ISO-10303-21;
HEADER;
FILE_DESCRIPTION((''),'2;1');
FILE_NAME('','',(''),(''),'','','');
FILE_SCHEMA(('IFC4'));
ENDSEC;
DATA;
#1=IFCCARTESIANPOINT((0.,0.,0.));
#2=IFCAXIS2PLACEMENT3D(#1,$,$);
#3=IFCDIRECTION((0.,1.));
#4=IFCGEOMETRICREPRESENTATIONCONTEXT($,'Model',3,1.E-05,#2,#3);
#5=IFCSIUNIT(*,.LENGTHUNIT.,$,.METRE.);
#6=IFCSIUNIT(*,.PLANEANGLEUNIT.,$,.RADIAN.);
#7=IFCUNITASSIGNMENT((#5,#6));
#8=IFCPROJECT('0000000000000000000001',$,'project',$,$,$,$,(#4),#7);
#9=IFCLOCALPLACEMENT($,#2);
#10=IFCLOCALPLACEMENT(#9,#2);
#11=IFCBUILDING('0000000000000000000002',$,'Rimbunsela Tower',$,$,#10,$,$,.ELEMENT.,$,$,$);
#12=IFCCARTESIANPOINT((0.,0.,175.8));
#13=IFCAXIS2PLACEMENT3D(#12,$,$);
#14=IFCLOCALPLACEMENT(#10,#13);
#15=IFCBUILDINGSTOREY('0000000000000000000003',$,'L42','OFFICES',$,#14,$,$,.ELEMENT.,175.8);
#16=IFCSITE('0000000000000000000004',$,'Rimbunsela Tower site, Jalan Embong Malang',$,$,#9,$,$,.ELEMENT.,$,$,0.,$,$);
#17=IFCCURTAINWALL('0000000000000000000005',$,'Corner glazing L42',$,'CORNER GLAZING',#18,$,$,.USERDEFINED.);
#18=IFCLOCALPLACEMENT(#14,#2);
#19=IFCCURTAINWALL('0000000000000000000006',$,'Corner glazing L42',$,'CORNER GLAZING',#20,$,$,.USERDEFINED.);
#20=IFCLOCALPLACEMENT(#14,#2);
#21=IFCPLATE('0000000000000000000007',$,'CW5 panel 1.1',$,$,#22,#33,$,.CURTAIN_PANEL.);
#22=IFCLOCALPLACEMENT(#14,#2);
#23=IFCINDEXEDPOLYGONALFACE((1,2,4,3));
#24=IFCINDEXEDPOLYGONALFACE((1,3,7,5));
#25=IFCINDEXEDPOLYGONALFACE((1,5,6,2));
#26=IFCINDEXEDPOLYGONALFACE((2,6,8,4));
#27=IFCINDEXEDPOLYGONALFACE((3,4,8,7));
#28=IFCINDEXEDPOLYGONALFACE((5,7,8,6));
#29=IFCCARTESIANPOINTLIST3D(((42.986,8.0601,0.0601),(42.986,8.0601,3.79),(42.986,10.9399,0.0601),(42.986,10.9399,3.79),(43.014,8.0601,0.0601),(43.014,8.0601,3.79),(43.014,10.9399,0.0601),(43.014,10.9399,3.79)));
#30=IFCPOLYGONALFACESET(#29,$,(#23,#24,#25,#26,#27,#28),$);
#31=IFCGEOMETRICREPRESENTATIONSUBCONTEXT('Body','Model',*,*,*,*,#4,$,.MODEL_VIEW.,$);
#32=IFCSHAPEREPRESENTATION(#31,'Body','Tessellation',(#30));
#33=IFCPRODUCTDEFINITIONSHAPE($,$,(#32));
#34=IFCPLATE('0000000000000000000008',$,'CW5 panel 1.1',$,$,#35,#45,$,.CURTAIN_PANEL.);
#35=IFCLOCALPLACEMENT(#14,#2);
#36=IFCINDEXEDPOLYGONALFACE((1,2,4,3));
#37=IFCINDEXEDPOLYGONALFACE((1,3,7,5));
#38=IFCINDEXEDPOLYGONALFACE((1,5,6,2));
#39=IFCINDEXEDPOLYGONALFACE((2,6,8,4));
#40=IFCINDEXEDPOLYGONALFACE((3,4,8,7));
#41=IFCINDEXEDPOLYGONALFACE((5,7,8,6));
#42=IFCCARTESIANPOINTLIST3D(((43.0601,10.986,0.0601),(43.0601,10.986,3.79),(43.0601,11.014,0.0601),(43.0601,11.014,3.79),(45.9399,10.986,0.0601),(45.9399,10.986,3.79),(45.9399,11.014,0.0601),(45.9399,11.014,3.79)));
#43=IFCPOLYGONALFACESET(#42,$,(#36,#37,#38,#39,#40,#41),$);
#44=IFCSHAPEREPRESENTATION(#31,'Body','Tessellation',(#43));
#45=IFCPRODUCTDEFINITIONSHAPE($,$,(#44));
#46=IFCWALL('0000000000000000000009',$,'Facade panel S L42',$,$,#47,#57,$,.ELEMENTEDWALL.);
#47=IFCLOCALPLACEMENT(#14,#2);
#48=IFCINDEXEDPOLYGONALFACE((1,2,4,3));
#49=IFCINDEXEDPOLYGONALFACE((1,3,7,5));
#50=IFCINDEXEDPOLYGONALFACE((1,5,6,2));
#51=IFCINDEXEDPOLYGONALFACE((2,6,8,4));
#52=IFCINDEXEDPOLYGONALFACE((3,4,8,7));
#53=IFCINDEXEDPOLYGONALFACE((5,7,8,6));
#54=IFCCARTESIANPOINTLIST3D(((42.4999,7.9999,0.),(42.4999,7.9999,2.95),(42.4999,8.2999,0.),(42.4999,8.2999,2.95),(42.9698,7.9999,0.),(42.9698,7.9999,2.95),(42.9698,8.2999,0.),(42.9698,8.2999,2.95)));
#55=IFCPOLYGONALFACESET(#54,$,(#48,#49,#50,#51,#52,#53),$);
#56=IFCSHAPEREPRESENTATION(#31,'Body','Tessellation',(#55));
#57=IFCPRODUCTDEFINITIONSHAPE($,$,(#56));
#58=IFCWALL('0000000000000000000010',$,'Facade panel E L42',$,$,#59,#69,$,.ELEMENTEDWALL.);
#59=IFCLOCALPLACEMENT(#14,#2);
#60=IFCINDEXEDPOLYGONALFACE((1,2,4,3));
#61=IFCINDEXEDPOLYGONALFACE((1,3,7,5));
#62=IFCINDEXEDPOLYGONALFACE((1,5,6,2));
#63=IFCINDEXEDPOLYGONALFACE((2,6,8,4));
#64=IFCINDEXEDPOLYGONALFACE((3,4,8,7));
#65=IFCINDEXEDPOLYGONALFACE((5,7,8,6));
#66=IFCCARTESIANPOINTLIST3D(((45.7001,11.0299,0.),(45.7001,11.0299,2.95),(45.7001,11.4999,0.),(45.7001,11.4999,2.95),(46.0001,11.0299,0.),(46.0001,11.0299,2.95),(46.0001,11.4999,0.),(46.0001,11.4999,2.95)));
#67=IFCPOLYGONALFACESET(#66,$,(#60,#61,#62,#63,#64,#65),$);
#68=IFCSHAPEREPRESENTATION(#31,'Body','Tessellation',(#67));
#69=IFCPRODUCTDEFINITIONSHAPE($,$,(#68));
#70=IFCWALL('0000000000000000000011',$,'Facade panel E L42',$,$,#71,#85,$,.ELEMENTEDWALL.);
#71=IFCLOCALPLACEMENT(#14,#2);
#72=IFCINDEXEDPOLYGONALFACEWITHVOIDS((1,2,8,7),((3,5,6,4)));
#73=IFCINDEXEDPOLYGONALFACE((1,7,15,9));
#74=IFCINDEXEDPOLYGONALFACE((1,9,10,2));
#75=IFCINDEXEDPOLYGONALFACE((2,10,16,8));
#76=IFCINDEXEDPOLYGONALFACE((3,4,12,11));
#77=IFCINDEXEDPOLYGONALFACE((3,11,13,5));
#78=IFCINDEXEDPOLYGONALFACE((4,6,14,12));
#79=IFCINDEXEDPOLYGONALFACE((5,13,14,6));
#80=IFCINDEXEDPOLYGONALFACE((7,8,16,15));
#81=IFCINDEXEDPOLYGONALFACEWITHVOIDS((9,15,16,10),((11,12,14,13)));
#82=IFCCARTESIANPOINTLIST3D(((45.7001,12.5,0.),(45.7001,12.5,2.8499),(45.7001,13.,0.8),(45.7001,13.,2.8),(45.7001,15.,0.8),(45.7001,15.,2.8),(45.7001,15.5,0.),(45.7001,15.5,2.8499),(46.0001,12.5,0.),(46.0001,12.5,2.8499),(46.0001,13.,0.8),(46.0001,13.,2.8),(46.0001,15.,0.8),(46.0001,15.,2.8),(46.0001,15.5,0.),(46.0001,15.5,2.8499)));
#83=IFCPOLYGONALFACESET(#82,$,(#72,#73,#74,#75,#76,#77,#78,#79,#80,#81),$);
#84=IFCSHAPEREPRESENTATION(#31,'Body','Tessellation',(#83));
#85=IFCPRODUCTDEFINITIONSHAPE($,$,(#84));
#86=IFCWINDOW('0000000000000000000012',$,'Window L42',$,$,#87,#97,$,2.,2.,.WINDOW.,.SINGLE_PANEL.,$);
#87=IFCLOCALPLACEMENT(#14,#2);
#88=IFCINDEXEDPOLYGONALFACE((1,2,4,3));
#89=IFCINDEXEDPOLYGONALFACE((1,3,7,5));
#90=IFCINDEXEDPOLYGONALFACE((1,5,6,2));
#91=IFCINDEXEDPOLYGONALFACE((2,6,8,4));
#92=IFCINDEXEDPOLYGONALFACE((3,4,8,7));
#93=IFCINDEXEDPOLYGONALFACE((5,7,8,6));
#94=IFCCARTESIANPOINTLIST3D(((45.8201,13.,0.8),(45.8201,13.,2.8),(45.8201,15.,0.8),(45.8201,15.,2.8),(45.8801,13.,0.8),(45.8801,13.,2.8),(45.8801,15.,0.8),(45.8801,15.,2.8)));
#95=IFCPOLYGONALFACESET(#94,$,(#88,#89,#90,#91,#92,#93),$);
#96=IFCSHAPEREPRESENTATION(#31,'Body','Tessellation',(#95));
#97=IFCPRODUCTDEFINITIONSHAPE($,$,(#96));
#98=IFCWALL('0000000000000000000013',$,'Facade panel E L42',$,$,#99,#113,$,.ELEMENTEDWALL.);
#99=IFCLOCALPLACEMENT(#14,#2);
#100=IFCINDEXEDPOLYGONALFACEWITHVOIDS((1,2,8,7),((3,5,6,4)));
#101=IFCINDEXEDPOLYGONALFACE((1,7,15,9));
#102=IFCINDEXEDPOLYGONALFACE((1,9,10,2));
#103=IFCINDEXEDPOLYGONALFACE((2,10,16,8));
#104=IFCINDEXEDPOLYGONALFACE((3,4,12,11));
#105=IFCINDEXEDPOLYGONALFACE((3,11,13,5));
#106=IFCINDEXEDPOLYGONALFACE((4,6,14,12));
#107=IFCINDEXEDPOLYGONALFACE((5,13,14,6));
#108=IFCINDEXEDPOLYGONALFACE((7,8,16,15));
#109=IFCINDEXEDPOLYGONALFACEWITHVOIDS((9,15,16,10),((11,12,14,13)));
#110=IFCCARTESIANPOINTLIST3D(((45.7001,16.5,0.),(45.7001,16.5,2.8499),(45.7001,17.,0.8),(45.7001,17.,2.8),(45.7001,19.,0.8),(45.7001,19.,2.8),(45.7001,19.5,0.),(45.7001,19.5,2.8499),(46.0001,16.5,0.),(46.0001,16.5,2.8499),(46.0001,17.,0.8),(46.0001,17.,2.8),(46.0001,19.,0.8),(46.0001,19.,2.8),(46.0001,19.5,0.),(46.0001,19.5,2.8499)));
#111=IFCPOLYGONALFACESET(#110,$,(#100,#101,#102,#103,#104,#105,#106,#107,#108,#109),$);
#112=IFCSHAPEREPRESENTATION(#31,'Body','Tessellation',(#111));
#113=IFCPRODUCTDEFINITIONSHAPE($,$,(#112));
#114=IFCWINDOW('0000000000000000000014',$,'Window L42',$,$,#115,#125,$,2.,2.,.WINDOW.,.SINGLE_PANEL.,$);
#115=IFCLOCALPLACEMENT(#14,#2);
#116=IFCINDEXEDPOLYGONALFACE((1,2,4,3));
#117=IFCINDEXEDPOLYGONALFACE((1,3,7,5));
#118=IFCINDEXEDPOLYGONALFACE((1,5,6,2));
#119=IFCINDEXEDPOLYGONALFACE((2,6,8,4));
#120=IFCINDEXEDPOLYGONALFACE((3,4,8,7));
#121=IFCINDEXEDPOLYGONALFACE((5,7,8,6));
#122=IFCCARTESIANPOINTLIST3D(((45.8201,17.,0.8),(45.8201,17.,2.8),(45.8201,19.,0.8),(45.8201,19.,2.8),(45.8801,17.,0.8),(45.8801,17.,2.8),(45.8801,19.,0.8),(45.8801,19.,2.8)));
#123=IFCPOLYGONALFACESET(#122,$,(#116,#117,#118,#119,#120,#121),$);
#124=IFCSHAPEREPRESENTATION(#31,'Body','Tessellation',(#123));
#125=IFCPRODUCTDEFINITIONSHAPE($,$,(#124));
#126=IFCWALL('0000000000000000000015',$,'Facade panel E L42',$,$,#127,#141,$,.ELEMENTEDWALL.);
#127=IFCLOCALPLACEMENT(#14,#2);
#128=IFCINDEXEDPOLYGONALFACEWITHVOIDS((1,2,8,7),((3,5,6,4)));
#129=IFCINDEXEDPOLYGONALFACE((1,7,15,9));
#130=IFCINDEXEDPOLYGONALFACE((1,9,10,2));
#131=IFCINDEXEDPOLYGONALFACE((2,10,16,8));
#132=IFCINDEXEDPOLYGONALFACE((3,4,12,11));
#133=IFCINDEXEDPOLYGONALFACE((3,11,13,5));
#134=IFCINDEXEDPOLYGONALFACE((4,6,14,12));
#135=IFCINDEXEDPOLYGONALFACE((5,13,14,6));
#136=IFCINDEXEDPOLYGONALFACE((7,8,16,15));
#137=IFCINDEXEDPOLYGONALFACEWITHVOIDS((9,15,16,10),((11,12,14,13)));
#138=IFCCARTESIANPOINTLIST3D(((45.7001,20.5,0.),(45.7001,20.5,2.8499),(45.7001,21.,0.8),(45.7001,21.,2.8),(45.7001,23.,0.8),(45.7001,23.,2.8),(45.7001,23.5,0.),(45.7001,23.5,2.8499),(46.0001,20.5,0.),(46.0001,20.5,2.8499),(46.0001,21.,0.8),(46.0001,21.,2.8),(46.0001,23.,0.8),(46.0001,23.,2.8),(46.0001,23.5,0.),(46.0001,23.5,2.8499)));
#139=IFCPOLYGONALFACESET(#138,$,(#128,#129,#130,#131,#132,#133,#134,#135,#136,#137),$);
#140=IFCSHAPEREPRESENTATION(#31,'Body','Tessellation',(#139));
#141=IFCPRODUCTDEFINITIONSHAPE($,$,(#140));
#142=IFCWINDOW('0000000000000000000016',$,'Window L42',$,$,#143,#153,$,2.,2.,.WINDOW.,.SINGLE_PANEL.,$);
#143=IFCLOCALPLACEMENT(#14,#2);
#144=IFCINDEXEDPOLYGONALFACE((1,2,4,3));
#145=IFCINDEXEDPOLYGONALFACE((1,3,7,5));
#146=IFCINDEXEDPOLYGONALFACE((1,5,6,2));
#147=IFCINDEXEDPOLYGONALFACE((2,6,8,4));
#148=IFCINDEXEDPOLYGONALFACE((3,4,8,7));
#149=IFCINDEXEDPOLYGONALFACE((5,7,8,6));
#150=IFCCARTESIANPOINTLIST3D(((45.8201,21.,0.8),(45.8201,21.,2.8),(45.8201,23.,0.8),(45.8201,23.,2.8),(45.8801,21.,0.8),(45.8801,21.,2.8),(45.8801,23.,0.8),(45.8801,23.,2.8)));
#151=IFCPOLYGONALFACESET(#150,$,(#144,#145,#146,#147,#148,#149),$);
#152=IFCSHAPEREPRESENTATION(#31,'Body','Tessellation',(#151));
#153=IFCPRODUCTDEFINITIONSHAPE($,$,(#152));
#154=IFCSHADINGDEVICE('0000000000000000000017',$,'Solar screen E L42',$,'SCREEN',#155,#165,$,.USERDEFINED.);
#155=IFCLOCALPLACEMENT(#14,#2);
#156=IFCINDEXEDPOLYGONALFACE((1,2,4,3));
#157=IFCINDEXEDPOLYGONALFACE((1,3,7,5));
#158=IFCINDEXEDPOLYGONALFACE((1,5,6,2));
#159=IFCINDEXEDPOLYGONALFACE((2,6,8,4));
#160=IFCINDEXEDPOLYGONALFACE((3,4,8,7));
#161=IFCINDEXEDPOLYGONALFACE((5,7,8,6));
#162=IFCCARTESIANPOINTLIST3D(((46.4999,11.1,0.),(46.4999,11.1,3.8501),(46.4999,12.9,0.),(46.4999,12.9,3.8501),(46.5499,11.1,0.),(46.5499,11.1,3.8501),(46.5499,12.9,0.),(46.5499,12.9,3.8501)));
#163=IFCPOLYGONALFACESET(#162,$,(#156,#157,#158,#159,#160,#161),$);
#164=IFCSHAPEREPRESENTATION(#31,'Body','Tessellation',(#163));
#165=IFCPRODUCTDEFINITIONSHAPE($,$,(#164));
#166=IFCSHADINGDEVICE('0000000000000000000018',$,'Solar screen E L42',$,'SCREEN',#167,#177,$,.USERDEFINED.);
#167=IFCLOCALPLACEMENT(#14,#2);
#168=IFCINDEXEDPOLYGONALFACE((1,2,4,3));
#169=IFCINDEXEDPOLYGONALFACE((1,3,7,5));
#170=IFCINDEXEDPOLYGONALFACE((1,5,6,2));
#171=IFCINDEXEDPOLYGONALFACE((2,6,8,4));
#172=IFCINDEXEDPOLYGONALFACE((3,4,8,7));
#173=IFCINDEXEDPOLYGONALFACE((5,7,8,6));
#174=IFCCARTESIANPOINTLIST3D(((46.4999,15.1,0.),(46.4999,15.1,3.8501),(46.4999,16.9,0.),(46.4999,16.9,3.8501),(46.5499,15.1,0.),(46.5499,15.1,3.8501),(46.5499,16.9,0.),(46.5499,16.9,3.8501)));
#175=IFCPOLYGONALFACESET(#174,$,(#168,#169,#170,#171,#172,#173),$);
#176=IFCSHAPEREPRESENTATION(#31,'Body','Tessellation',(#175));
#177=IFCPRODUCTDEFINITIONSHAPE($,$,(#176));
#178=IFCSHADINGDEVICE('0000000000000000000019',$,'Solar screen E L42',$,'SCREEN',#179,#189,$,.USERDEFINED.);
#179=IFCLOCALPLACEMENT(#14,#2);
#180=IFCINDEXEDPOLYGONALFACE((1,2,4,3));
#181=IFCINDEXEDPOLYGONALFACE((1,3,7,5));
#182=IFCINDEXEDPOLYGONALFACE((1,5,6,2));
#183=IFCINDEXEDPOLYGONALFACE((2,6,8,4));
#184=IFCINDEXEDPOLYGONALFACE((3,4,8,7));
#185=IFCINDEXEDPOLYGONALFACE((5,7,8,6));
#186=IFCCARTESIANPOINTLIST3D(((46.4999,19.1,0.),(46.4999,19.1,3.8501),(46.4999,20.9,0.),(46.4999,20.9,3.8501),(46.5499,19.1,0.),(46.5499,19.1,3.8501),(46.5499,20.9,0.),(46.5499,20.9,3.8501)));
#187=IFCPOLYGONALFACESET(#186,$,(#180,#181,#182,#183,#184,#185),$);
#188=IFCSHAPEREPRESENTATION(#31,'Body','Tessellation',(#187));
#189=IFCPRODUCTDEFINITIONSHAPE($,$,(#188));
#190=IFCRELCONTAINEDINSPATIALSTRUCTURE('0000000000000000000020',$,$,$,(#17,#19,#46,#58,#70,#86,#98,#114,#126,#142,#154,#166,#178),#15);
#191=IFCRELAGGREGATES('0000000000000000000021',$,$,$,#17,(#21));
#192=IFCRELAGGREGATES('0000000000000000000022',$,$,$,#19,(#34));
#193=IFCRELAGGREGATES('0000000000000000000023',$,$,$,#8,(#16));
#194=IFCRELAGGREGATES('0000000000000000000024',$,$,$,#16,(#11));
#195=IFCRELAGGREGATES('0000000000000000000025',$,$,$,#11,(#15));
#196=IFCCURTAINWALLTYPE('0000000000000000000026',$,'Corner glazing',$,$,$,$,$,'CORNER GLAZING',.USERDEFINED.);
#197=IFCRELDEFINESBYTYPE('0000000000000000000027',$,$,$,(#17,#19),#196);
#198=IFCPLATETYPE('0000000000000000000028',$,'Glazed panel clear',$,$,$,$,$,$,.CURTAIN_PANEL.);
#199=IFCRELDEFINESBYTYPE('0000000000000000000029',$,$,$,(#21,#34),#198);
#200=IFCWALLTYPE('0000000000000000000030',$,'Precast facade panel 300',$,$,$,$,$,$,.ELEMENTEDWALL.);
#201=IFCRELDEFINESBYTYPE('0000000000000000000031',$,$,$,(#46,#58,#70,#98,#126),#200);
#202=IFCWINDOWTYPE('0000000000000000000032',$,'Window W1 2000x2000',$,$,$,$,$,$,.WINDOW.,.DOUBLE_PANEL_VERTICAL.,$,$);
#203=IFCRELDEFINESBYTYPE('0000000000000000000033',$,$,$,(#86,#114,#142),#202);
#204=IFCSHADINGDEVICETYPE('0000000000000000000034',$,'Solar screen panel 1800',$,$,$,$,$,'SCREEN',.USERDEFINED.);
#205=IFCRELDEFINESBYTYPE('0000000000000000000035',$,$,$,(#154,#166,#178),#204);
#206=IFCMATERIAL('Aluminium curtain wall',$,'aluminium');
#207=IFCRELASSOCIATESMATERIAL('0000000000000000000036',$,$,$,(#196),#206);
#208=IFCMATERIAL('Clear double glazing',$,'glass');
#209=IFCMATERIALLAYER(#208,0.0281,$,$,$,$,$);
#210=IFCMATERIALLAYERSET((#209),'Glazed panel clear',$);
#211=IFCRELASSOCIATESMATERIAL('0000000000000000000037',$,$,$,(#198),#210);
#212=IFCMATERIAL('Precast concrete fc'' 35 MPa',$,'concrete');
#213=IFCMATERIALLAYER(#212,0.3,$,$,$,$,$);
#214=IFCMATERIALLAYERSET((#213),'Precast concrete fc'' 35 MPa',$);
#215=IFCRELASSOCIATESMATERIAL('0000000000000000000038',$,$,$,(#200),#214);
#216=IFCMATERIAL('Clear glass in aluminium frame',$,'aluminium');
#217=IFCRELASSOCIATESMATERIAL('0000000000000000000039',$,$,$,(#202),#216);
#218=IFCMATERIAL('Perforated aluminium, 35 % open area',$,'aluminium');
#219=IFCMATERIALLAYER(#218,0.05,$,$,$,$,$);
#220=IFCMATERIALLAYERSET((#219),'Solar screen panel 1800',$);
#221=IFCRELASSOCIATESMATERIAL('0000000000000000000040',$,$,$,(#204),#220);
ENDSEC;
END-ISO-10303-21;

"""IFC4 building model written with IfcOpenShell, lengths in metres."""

from ifc_helpers import new_model, si_unit, direction, frame, frame_2d, origin, origin_2d, place, context, subcontext, project, spatial, rectangle, extrude, material, layer, layer_set, type_object, element, fill, aggregate, save


model = new_model("IFC4")

# Units and contexts
model_context = context("Model", 3, precision=1e-05, world=origin(), true_north=direction((0.0, 1.0)))
body_context = subcontext(model_context, "Body", "Model", "MODEL_VIEW")
ifc_project = project(units=[si_unit("LENGTHUNIT", "METRE"), si_unit("PLANEANGLEUNIT", "RADIAN")], contexts=[model_context])

# Site, building, storey
site_placement = place(None, origin())
site = spatial("IfcSite", under=ifc_project, at=site_placement, Name="Rimbunsela Tower site, Jalan Embong Malang", CompositionType="ELEMENT", RefElevation=0.0)
building_placement = place(site_placement, origin())
building = spatial("IfcBuilding", under=site, at=building_placement, Name="Rimbunsela Tower", CompositionType="ELEMENT")
storey_placement = place(building_placement, frame((0.0, 0.0, 175.8)))
storey = spatial("IfcBuildingStorey", under=building, at=storey_placement, Name="L42", Description="OFFICES", CompositionType="ELEMENT", Elevation=175.8)

# Curtain walls
ifc_material_1 = material(Name="Aluminium curtain wall", Category="aluminium")
curtain_wall_type = type_object("IfcCurtainWallType", Name="Corner glazing", ElementType="CORNER GLAZING", PredefinedType="USERDEFINED", material=ifc_material_1)
curtain_wall_1_placement = place(storey_placement, origin())
curtain_wall_1 = element("IfcCurtainWall", 1, at=curtain_wall_1_placement, inside=storey, type_object=curtain_wall_type, Name="Corner glazing L42", ObjectType="CORNER GLAZING", PredefinedType="USERDEFINED")
curtain_wall_2_placement = place(storey_placement, origin())
curtain_wall_2 = element("IfcCurtainWall", 2, at=curtain_wall_2_placement, inside=storey, type_object=curtain_wall_type, Name="Corner glazing L42", ObjectType="CORNER GLAZING", PredefinedType="USERDEFINED")

# Plates
ifc_material_2 = material(Name="Clear double glazing", Category="glass")
ifc_layer_1 = layer(ifc_material_2, 0.0281)
ifc_layer_set_1 = layer_set([ifc_layer_1], Name="Glazed panel clear")
plate_type = type_object("IfcPlateType", Name="Glazed panel clear", PredefinedType="CURTAIN_PANEL", material=ifc_layer_set_1)
plate_1_placement = place(storey_placement, frame((43.0, 9.5, 0.0601), z_axis=(0.0, 0.0, 1.0), x_axis=(0.0, 1.0, 0.0)))
plate_1 = element("IfcPlate", 3, at=plate_1_placement, type_object=plate_type, Name="CW5 panel 1.1", PredefinedType="CURTAIN_PANEL", context=body_context, shape_type="SweptSolid", body=[
    extrude(rectangle(XDim=2.8799, YDim=0.0281, at=origin_2d()), origin(), (0.0, 0.0, 1.0), 3.73),
])
aggregate(curtain_wall_1, [plate_1])
plate_2_placement = place(storey_placement, frame((44.5, 11.0, 0.0601), z_axis=(0.0, 0.0, 1.0), x_axis=(1.0, 0.0, 0.0)))
plate_2 = element("IfcPlate", 4, at=plate_2_placement, type_object=plate_type, Name="CW5 panel 1.1", PredefinedType="CURTAIN_PANEL", context=body_context, shape_type="SweptSolid", body=[
    extrude(rectangle(XDim=2.8799, YDim=0.0281, at=origin_2d()), origin(), (0.0, 0.0, 1.0), 3.73),
])
aggregate(curtain_wall_2, [plate_2])

# Walls
ifc_material_3 = material(Name="Precast concrete fc' 35 MPa", Category="concrete")
ifc_layer_2 = layer(ifc_material_3, 0.3)
ifc_layer_set_2 = layer_set([ifc_layer_2], Name="Precast concrete fc' 35 MPa")
wall_type = type_object("IfcWallType", Name="Precast facade panel 300", PredefinedType="ELEMENTEDWALL", material=ifc_layer_set_2)
for number, where, z_axis, x_axis, name in (
    (5, (42.5, 8.1499, 0.0), (0.0, 0.0, 1.0), (1.0, 0.0, 0.0), "Facade panel S L42"),
    (6, (45.8501, 11.03, 0.0), (0.0, 0.0, 1.0), (0.0, 1.0, 0.0), "Facade panel E L42"),
):
    element("IfcWall", number, at=place(storey_placement, frame(where, z_axis=z_axis, x_axis=x_axis)), inside=storey, type_object=wall_type, Name=name, PredefinedType="ELEMENTEDWALL", context=body_context, shape_type="SweptSolid", body=[
        extrude(rectangle(XDim=0.47, YDim=0.3, at=frame_2d((0.2349, 0.0))), origin(), (0.0, 0.0, 1.0), 2.95),
    ])

# Walls, openings, windows
wall_1_placement = place(storey_placement, frame((45.8501, 12.5, 0.0), z_axis=(0.0, 0.0, 1.0), x_axis=(0.0, 1.0, 0.0)))
wall_1 = element("IfcWall", 7, at=wall_1_placement, inside=storey, type_object=wall_type, Name="Facade panel E L42", PredefinedType="ELEMENTEDWALL", context=body_context, shape_type="SweptSolid", body=[
    extrude(rectangle(XDim=3.0, YDim=0.3, at=frame_2d((1.5, 0.0))), origin(), (0.0, 0.0, 1.0), 2.8499),
])
opening_1_placement = place(wall_1_placement, frame((0.5, 0.0, 0.8)))
opening_1 = element("IfcOpeningElement", 8, at=opening_1_placement, cuts=wall_1, PredefinedType="OPENING", context=body_context, shape_type="SweptSolid", body=[
    extrude(rectangle(XDim=2.0, YDim=2.0, at=frame_2d((1.0, 1.0))), frame((0.0, 0.1599, 0.0), z_axis=(0.0, -1.0, 0.0), x_axis=(1.0, 0.0, 0.0)), (0.0, 0.0, 1.0), 0.3201),
])
ifc_material_4 = material(Name="Clear glass in aluminium frame", Category="aluminium")
window_type = type_object("IfcWindowType", Name="Window W1 2000x2000", PartitioningType="DOUBLE_PANEL_VERTICAL", PredefinedType="WINDOW", material=ifc_material_4)
window_1_placement = place(opening_1_placement, origin())
window_1 = element("IfcWindow", 9, at=window_1_placement, inside=storey, type_object=window_type, Name="Window L42", OverallHeight=2.0, OverallWidth=2.0, PartitioningType="SINGLE_PANEL", PredefinedType="WINDOW", context=body_context, shape_type="SweptSolid", body=[
    extrude(rectangle(XDim=2.0, YDim=2.0, at=frame_2d((1.0, 1.0))), frame((0.0, 0.03, 0.0), z_axis=(0.0, -1.0, 0.0), x_axis=(1.0, 0.0, 0.0)), (0.0, 0.0, 1.0), 0.0601),
])
fill(opening_1, window_1)
wall_2_placement = place(storey_placement, frame((45.8501, 16.5, 0.0), z_axis=(0.0, 0.0, 1.0), x_axis=(0.0, 1.0, 0.0)))
wall_2 = element("IfcWall", 10, at=wall_2_placement, inside=storey, type_object=wall_type, Name="Facade panel E L42", PredefinedType="ELEMENTEDWALL", context=body_context, shape_type="SweptSolid", body=[
    extrude(rectangle(XDim=3.0, YDim=0.3, at=frame_2d((1.5, 0.0))), origin(), (0.0, 0.0, 1.0), 2.8499),
])
opening_2_placement = place(wall_2_placement, frame((0.5, 0.0, 0.8)))
opening_2 = element("IfcOpeningElement", 11, at=opening_2_placement, cuts=wall_2, PredefinedType="OPENING", context=body_context, shape_type="SweptSolid", body=[
    extrude(rectangle(XDim=2.0, YDim=2.0, at=frame_2d((1.0, 1.0))), frame((0.0, 0.1599, 0.0), z_axis=(0.0, -1.0, 0.0), x_axis=(1.0, 0.0, 0.0)), (0.0, 0.0, 1.0), 0.3201),
])
window_2_placement = place(opening_2_placement, origin())
window_2 = element("IfcWindow", 12, at=window_2_placement, inside=storey, type_object=window_type, Name="Window L42", OverallHeight=2.0, OverallWidth=2.0, PartitioningType="SINGLE_PANEL", PredefinedType="WINDOW", context=body_context, shape_type="SweptSolid", body=[
    extrude(rectangle(XDim=2.0, YDim=2.0, at=frame_2d((1.0, 1.0))), frame((0.0, 0.03, 0.0), z_axis=(0.0, -1.0, 0.0), x_axis=(1.0, 0.0, 0.0)), (0.0, 0.0, 1.0), 0.0601),
])
fill(opening_2, window_2)
wall_3_placement = place(storey_placement, frame((45.8501, 20.5, 0.0), z_axis=(0.0, 0.0, 1.0), x_axis=(0.0, 1.0, 0.0)))
wall_3 = element("IfcWall", 13, at=wall_3_placement, inside=storey, type_object=wall_type, Name="Facade panel E L42", PredefinedType="ELEMENTEDWALL", context=body_context, shape_type="SweptSolid", body=[
    extrude(rectangle(XDim=3.0, YDim=0.3, at=frame_2d((1.5, 0.0))), origin(), (0.0, 0.0, 1.0), 2.8499),
])
opening_3_placement = place(wall_3_placement, frame((0.5, 0.0, 0.8)))
opening_3 = element("IfcOpeningElement", 14, at=opening_3_placement, cuts=wall_3, PredefinedType="OPENING", context=body_context, shape_type="SweptSolid", body=[
    extrude(rectangle(XDim=2.0, YDim=2.0, at=frame_2d((1.0, 1.0))), frame((0.0, 0.1599, 0.0), z_axis=(0.0, -1.0, 0.0), x_axis=(1.0, 0.0, 0.0)), (0.0, 0.0, 1.0), 0.3201),
])
window_3_placement = place(opening_3_placement, origin())
window_3 = element("IfcWindow", 15, at=window_3_placement, inside=storey, type_object=window_type, Name="Window L42", OverallHeight=2.0, OverallWidth=2.0, PartitioningType="SINGLE_PANEL", PredefinedType="WINDOW", context=body_context, shape_type="SweptSolid", body=[
    extrude(rectangle(XDim=2.0, YDim=2.0, at=frame_2d((1.0, 1.0))), frame((0.0, 0.03, 0.0), z_axis=(0.0, -1.0, 0.0), x_axis=(1.0, 0.0, 0.0)), (0.0, 0.0, 1.0), 0.0601),
])
fill(opening_3, window_3)

# Shading devices
ifc_material_5 = material(Name="Perforated aluminium, 35 % open area", Category="aluminium")
ifc_layer_3 = layer(ifc_material_5, 0.05)
ifc_layer_set_3 = layer_set([ifc_layer_3], Name="Solar screen panel 1800")
shading_device_type = type_object("IfcShadingDeviceType", Name="Solar screen panel 1800", ElementType="SCREEN", PredefinedType="USERDEFINED", material=ifc_layer_set_3)
for number, where, z_axis, x_axis, name in (
    (16, (46.5249, 12.0, 0.0), (0.0, 0.0, 1.0), (0.0, 1.0, 0.0), "Solar screen E L42"),
    (17, (46.5249, 16.0, 0.0), (0.0, 0.0, 1.0), (0.0, 1.0, 0.0), "Solar screen E L42"),
    (18, (46.5249, 20.0, 0.0), (0.0, 0.0, 1.0), (0.0, 1.0, 0.0), "Solar screen E L42"),
):
    element("IfcShadingDevice", number, at=place(storey_placement, frame(where, z_axis=z_axis, x_axis=x_axis)), inside=storey, type_object=shading_device_type, Name=name, ObjectType="SCREEN", PredefinedType="USERDEFINED", context=body_context, shape_type="SweptSolid", body=[
        extrude(rectangle(XDim=1.8, YDim=0.05, at=origin_2d()), origin(), (0.0, 0.0, 1.0), 3.8501),
    ])

save(model, "model.ifc")
